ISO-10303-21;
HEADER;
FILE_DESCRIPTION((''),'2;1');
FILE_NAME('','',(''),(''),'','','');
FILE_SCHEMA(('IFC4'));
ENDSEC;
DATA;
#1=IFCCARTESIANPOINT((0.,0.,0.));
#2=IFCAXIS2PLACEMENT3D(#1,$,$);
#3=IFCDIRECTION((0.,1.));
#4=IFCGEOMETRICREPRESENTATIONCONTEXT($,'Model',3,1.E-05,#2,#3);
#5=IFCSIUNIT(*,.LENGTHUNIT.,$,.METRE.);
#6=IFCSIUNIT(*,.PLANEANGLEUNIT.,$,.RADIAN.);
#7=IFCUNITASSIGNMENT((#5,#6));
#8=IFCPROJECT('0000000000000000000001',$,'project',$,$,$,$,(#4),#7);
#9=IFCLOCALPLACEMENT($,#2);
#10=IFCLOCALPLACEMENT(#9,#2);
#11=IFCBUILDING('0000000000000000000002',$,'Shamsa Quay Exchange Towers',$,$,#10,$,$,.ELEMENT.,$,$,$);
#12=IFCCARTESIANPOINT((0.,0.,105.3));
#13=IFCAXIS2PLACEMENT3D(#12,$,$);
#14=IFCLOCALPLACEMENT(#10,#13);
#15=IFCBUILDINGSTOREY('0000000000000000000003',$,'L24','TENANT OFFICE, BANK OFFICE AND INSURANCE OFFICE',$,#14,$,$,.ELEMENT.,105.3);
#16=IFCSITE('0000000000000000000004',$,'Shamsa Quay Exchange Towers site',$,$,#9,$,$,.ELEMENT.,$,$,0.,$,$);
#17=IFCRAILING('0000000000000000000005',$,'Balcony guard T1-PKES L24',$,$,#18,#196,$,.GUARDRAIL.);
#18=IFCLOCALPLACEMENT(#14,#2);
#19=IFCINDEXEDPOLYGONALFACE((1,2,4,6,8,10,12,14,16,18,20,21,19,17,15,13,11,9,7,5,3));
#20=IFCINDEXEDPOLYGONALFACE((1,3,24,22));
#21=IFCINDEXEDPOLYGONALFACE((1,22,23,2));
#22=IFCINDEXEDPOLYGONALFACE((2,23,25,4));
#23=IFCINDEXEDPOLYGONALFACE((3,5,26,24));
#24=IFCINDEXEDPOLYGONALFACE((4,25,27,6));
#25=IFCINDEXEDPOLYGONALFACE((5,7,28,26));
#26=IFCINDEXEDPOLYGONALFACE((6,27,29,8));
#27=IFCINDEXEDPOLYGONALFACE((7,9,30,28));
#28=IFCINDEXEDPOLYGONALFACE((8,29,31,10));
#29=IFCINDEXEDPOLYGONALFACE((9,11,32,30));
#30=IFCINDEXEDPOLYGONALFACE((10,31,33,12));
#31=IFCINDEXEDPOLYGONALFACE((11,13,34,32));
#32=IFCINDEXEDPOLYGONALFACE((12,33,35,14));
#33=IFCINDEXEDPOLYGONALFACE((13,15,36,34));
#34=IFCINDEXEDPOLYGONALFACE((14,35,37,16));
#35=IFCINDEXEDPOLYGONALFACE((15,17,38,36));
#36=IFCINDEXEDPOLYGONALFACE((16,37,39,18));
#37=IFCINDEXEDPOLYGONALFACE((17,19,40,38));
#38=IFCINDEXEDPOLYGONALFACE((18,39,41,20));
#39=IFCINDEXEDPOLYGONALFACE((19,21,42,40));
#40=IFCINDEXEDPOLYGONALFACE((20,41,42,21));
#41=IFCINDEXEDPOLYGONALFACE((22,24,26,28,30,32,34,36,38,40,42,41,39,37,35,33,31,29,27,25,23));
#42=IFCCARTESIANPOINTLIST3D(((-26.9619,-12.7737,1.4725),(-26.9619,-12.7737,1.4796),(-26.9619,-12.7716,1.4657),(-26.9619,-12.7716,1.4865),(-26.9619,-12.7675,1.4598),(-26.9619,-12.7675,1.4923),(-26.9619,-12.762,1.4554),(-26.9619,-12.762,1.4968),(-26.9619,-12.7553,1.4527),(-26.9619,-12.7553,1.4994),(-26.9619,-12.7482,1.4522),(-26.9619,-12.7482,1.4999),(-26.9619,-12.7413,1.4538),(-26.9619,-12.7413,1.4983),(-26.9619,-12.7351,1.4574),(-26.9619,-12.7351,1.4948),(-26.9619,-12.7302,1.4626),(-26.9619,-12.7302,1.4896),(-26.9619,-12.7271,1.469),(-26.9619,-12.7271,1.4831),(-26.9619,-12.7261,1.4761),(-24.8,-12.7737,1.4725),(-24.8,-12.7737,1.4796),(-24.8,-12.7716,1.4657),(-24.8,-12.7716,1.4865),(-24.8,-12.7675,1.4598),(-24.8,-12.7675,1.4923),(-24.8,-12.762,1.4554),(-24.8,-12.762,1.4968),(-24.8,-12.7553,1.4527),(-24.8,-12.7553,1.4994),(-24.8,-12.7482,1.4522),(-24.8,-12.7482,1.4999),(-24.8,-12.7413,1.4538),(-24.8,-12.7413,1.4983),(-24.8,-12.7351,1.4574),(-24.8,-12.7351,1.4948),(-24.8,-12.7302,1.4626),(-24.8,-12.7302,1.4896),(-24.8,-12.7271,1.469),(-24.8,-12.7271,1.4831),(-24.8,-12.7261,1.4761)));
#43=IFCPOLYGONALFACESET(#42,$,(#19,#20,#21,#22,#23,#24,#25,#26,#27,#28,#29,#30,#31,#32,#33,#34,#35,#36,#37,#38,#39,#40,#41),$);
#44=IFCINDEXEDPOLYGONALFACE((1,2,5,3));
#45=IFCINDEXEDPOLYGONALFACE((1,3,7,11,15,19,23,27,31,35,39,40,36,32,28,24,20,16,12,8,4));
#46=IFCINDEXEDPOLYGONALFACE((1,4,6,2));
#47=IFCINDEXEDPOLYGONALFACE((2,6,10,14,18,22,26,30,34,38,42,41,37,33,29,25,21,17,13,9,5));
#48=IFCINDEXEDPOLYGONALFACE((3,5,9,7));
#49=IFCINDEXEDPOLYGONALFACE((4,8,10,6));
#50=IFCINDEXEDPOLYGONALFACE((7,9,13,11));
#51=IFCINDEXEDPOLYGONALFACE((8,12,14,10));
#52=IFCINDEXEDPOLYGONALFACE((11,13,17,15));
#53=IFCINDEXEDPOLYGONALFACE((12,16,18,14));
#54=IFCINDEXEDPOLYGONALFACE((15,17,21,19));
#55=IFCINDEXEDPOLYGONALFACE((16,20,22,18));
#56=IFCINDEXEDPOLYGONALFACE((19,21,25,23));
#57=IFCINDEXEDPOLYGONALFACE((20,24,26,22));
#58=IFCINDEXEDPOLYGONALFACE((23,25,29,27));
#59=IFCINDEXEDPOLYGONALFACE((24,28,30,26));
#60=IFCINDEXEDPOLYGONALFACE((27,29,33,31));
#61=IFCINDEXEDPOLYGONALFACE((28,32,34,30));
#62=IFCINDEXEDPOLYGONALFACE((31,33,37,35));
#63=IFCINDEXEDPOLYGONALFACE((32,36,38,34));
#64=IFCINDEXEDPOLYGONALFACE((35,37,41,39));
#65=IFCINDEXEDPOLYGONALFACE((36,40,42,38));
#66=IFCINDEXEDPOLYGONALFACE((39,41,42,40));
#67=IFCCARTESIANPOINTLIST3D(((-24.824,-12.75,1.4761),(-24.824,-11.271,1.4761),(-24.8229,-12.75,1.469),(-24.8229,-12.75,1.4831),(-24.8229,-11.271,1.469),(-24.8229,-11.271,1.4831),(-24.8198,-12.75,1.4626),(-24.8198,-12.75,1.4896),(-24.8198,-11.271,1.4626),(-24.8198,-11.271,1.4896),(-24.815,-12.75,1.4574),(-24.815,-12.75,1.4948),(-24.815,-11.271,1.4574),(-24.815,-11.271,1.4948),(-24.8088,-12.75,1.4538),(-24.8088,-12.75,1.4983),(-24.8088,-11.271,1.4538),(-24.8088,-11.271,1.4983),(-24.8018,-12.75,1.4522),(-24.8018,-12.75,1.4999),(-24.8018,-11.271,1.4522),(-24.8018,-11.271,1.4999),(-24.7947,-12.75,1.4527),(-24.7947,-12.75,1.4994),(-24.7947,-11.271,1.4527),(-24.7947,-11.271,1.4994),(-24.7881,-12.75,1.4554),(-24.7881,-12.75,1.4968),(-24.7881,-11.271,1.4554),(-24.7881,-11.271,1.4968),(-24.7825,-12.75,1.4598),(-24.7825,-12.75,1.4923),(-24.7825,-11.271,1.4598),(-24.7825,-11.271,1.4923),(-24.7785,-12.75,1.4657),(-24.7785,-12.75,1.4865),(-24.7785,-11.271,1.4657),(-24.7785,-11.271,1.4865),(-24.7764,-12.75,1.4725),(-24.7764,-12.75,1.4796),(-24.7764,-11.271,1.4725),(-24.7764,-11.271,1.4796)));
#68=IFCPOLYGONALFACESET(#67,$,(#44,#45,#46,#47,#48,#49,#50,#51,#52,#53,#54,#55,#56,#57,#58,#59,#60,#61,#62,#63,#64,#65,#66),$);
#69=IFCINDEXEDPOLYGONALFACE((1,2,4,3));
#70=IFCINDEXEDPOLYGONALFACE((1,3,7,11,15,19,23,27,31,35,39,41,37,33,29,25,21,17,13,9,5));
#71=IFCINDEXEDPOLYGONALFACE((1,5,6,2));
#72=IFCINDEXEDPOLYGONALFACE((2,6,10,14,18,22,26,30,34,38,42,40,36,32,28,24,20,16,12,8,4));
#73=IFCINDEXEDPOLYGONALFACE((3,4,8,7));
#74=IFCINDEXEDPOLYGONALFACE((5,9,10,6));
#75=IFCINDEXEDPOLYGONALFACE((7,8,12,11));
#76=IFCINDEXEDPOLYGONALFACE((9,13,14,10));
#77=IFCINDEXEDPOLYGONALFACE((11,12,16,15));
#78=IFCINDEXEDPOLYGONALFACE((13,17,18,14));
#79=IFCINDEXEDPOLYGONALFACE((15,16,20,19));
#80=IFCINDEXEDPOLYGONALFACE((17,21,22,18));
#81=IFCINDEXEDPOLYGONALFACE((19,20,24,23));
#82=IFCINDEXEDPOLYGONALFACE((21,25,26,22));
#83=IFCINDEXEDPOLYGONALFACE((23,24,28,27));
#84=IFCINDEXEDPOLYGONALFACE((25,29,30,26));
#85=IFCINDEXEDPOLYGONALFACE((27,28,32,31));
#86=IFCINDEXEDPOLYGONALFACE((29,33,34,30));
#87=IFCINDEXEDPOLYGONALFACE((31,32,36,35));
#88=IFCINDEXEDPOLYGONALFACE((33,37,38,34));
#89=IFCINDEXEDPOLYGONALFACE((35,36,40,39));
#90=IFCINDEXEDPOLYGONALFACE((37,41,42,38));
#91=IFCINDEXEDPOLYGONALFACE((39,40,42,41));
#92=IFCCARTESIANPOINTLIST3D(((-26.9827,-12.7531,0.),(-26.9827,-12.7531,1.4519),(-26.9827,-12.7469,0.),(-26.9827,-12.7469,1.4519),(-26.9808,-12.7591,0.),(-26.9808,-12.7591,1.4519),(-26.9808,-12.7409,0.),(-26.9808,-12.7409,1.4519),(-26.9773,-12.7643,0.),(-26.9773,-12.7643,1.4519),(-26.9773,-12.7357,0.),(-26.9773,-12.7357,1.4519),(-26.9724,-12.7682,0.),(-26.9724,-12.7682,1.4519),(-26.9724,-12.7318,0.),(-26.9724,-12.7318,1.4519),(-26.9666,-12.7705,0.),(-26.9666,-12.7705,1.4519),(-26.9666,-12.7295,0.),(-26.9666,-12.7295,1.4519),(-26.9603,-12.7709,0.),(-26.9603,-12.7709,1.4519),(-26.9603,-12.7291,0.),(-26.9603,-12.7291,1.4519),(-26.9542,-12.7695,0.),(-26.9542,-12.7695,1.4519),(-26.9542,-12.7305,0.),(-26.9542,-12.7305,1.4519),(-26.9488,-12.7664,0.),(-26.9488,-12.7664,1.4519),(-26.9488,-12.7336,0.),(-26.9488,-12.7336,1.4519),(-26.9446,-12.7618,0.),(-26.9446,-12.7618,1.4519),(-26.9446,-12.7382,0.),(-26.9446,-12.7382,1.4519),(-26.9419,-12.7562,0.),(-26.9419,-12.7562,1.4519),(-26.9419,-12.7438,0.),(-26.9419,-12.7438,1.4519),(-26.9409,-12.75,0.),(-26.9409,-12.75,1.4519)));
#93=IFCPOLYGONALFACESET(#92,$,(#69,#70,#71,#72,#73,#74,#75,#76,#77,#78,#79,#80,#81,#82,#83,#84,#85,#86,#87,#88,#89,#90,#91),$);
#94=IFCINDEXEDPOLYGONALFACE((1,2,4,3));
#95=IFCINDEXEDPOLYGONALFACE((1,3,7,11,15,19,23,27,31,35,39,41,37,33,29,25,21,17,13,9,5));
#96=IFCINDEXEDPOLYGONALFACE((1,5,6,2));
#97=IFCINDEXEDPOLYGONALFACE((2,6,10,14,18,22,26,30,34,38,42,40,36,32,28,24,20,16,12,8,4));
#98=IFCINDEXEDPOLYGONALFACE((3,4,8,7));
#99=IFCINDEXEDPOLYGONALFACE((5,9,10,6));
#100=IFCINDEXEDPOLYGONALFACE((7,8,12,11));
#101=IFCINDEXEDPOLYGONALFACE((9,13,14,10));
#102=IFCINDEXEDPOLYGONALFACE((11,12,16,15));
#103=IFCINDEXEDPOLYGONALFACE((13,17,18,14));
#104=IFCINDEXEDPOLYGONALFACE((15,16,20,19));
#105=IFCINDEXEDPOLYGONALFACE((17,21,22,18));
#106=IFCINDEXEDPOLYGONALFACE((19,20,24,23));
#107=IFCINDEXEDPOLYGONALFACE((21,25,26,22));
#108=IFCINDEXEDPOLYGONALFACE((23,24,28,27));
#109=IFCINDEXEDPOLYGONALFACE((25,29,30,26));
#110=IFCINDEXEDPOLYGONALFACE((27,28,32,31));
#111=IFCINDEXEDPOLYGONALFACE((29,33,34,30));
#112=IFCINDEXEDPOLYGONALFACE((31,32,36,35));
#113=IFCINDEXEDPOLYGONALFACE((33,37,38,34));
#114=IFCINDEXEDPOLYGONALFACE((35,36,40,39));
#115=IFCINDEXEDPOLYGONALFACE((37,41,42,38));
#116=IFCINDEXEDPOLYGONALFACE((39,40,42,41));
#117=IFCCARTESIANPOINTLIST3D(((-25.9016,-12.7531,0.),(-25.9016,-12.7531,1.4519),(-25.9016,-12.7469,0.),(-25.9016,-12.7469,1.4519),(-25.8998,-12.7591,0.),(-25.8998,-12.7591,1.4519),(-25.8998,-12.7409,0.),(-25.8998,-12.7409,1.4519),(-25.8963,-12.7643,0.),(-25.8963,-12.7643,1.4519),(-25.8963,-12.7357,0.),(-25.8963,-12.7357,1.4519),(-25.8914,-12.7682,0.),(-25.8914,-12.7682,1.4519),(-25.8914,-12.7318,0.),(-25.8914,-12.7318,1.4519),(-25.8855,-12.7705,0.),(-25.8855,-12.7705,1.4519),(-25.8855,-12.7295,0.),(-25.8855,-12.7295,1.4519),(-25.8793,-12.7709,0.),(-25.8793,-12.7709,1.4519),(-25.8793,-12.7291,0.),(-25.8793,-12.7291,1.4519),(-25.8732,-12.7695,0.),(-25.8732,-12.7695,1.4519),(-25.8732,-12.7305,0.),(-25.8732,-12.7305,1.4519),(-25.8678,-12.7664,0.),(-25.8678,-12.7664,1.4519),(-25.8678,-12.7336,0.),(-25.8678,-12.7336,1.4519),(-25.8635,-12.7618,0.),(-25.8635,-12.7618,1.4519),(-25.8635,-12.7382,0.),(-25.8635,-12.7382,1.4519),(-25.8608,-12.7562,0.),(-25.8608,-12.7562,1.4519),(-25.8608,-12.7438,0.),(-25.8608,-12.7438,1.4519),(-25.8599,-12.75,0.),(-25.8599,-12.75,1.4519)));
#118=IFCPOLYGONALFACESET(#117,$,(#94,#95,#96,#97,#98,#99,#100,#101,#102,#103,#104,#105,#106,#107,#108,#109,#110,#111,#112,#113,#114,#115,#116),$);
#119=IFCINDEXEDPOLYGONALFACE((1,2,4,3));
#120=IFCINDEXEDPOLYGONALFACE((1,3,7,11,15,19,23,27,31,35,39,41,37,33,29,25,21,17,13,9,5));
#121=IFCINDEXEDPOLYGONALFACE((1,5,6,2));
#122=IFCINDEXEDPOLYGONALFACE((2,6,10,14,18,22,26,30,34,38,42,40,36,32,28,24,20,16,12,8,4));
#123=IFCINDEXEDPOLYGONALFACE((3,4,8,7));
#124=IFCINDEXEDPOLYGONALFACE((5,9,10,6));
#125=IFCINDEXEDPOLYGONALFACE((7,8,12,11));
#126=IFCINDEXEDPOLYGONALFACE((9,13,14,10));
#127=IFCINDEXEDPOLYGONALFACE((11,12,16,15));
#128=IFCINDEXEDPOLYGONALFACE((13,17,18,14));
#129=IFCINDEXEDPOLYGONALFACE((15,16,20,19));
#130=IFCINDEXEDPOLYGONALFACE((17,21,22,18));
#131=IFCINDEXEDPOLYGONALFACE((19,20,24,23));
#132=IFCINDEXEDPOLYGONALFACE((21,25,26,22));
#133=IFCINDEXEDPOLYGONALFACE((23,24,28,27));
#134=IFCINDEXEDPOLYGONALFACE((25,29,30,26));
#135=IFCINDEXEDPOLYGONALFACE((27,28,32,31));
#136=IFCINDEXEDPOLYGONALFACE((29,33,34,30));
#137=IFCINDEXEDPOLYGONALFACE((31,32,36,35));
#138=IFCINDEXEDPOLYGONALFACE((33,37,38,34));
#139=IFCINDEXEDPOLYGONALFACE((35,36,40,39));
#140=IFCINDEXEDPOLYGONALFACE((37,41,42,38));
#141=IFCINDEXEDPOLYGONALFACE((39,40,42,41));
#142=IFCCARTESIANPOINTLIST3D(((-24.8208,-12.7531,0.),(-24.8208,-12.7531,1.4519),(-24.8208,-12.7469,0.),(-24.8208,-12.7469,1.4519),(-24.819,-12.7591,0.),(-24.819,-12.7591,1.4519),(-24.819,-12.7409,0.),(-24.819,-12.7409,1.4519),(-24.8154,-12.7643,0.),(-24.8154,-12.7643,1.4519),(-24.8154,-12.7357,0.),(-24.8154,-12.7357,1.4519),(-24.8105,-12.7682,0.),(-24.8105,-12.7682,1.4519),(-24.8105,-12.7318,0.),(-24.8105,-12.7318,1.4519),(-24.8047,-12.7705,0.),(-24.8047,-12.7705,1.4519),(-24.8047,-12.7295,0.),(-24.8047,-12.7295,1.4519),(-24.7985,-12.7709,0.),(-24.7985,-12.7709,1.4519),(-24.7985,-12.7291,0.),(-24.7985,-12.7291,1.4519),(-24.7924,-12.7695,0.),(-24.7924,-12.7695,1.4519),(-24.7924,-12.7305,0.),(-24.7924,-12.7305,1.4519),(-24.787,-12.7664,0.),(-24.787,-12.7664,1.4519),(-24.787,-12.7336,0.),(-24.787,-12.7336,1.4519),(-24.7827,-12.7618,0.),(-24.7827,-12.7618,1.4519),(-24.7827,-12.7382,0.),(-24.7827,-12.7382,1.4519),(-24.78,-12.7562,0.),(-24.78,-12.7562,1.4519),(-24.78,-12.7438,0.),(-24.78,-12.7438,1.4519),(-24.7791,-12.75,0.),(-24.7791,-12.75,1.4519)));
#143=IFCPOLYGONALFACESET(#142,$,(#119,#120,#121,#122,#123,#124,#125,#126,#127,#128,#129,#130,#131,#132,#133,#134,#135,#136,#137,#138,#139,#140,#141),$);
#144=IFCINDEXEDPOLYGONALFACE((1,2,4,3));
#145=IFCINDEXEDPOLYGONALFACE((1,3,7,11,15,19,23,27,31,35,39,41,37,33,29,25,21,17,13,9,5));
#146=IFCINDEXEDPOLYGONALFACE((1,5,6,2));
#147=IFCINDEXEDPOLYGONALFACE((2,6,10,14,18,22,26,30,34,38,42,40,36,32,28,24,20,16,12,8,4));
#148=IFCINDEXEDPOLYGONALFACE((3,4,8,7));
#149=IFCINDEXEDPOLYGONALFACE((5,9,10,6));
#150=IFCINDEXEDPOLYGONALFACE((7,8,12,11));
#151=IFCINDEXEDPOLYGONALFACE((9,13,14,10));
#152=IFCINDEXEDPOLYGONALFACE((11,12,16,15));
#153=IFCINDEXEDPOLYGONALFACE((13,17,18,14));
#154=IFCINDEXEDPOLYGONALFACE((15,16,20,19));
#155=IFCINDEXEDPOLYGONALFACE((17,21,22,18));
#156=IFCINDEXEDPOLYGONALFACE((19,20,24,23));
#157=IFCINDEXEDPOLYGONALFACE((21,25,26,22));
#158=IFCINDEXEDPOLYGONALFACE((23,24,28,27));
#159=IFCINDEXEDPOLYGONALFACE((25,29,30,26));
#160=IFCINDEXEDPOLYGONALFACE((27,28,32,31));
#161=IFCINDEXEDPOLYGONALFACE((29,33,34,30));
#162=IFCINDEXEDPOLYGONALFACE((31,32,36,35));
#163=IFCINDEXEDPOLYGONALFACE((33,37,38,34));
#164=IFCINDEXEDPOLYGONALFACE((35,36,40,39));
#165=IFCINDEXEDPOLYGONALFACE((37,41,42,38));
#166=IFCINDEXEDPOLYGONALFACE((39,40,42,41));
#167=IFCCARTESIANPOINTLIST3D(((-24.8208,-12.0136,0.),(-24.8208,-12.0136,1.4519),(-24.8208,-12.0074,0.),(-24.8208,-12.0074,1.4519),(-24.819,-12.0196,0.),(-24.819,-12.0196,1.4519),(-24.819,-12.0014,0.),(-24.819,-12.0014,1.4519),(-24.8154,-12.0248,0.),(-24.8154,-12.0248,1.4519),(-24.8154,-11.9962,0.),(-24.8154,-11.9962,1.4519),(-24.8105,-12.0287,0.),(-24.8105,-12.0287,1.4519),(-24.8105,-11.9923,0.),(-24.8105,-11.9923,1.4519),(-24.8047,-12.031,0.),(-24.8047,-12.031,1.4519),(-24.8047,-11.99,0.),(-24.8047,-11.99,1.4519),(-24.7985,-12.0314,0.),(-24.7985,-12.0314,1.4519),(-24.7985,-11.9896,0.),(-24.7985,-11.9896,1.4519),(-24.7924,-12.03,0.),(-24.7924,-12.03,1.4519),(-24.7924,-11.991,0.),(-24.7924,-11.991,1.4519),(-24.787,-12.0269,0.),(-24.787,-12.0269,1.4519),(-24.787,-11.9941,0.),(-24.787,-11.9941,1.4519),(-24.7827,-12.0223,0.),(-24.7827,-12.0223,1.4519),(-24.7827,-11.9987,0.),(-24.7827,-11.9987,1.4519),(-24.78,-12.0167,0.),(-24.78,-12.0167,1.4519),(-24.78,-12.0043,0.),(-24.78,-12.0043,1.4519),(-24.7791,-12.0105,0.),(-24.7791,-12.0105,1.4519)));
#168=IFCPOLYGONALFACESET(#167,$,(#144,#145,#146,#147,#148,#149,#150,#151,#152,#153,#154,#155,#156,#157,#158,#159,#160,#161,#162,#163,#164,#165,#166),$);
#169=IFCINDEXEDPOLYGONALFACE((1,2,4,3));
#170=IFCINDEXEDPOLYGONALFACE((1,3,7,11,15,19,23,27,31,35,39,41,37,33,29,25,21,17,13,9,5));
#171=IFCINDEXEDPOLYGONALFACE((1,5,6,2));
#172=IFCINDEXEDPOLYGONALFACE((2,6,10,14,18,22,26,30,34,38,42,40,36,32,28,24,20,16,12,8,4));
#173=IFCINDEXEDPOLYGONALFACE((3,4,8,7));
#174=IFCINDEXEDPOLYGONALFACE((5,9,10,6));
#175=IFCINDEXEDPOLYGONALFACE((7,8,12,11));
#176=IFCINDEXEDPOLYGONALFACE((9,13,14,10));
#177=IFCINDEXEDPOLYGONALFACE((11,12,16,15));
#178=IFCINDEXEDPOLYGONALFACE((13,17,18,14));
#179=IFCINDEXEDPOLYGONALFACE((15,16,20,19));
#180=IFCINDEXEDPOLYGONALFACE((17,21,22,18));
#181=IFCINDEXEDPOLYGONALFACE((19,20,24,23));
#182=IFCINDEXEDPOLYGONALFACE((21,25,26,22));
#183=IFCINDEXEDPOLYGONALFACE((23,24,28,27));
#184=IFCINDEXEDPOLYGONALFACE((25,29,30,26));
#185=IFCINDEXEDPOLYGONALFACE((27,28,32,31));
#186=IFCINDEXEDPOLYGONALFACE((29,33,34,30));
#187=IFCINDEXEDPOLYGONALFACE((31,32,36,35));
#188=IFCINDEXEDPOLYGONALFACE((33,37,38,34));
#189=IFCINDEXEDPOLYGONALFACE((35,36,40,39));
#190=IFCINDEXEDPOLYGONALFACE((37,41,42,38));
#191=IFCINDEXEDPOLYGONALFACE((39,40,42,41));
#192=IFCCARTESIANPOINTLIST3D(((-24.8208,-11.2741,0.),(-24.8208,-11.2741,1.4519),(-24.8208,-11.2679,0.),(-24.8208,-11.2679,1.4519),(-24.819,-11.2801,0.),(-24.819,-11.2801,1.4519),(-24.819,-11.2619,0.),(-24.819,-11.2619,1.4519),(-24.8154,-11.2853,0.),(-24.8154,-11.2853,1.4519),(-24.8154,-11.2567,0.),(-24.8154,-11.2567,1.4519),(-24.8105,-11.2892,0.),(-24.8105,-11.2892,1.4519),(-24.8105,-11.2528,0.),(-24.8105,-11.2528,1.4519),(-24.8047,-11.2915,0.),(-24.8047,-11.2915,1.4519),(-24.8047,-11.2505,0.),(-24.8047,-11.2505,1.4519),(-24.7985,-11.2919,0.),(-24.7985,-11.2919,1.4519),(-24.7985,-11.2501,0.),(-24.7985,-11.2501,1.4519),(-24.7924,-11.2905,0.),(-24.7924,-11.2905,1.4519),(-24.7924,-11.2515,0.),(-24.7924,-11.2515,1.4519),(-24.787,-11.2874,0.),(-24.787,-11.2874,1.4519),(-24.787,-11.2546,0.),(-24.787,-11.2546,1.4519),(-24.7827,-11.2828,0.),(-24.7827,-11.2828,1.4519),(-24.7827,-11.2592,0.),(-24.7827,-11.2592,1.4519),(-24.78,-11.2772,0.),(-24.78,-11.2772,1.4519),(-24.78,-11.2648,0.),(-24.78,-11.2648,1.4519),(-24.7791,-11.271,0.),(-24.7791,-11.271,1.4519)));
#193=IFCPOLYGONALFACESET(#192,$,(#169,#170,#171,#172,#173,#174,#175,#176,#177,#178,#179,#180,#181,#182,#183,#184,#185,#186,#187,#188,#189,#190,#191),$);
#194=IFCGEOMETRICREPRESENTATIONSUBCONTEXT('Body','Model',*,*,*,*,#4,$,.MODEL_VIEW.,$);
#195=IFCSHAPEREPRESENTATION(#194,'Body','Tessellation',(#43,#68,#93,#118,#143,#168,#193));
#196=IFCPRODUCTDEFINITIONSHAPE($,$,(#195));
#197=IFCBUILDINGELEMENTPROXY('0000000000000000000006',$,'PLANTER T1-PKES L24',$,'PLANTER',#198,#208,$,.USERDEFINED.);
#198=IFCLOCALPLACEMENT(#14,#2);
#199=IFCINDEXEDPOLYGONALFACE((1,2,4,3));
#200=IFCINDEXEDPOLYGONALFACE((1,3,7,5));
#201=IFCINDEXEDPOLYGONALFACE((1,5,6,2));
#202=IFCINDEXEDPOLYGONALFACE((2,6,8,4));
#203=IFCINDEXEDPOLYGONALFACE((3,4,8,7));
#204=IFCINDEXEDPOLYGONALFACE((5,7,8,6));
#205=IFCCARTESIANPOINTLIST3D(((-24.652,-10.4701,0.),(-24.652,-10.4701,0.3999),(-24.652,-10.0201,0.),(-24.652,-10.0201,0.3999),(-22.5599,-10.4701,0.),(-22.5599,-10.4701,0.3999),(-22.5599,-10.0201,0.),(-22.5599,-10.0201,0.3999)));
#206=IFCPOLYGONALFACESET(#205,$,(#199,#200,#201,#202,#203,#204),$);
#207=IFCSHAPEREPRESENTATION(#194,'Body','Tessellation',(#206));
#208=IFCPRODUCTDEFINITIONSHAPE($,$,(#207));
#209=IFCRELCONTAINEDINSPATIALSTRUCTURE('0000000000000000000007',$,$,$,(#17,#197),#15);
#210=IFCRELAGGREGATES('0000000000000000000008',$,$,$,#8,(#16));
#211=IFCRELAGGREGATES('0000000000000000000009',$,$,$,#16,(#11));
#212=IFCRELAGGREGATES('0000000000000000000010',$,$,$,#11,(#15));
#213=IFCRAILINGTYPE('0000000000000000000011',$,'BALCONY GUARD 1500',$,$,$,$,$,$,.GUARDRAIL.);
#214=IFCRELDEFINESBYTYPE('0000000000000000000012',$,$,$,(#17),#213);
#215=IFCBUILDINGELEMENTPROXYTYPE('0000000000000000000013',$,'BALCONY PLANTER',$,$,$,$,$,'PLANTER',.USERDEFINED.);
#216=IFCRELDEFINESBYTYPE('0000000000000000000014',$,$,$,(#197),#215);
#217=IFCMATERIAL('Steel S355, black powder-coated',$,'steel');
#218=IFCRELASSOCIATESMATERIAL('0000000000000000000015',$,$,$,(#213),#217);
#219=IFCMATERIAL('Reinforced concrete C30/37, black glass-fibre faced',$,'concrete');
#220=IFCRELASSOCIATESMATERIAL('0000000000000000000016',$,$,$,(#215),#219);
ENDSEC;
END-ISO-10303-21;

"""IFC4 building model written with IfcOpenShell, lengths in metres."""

from ifc_helpers import new_model, si_unit, direction, frame, origin, origin_2d, place, context, subcontext, project, spatial, rectangle, circle, extrude, material, type_object, element, save


model = new_model("IFC4")

# Units and contexts
model_context = context("Model", 3, precision=1e-05, world=origin(), true_north=direction((0.0, 1.0)))
body_context = subcontext(model_context, "Body", "Model", "MODEL_VIEW")
ifc_project = project(units=[si_unit("LENGTHUNIT", "METRE"), si_unit("PLANEANGLEUNIT", "RADIAN")], contexts=[model_context])

# Site, building, storey
site_placement = place(None, origin())
site = spatial("IfcSite", under=ifc_project, at=site_placement, Name="Shamsa Quay Exchange Towers site", CompositionType="ELEMENT", RefElevation=0.0)
building_placement = place(site_placement, origin())
building = spatial("IfcBuilding", under=site, at=building_placement, Name="Shamsa Quay Exchange Towers", CompositionType="ELEMENT")
storey_placement = place(building_placement, frame((0.0, 0.0, 105.3)))
storey = spatial("IfcBuildingStorey", under=building, at=storey_placement, Name="L24", Description="TENANT OFFICE, BANK OFFICE AND INSURANCE OFFICE", CompositionType="ELEMENT", Elevation=105.3)

# Railing
ifc_material_1 = material(Name="Steel S355, black powder-coated", Category="steel")
railing_type_1 = type_object("IfcRailingType", Name="BALCONY GUARD 1500", PredefinedType="GUARDRAIL", material=ifc_material_1)
for number, where, name in (
    (1, (-26.9619, -12.75, 0.0), "Balcony guard T1-PKES L24"),
):
    element("IfcRailing", number, at=place(storey_placement, frame(where)), inside=storey, type_object=railing_type_1, Name=name, PredefinedType="GUARDRAIL", context=body_context, shape_type="SweptSolid", body=[
        extrude(circle(Radius=0.0239, at=origin_2d()), frame((0.0, 0.0, 1.4761), z_axis=(1.0, 0.0, 0.0), x_axis=(0.0, 1.0, 0.0)), (0.0, 0.0, 1.0), 2.1619),
        extrude(circle(Radius=0.0239, at=origin_2d()), frame((2.1619, 0.0, 1.4761), z_axis=(0.0, 1.0, 0.0), x_axis=(-1.0, 0.0, 0.0)), (0.0, 0.0, 1.0), 1.479),
        extrude(circle(Radius=0.021, at=origin_2d()), origin(), (0.0, 0.0, 1.0), 1.4519),
        extrude(circle(Radius=0.021, at=origin_2d()), frame((1.0811, 0.0, 0.0)), (0.0, 0.0, 1.0), 1.4519),
        extrude(circle(Radius=0.021, at=origin_2d()), frame((2.1619, 0.0, 0.0)), (0.0, 0.0, 1.0), 1.4519),
        extrude(circle(Radius=0.021, at=origin_2d()), frame((2.1619, 0.7395, 0.0)), (0.0, 0.0, 1.0), 1.4519),
        extrude(circle(Radius=0.021, at=origin_2d()), frame((2.1619, 1.479, 0.0)), (0.0, 0.0, 1.0), 1.4519),
    ])

# Building element proxy
ifc_material_2 = material(Name="Reinforced concrete C30/37, black glass-fibre faced", Category="concrete")
building_element_proxy_type = type_object("IfcBuildingElementProxyType", Name="BALCONY PLANTER", ElementType="PLANTER", PredefinedType="USERDEFINED", material=ifc_material_2)
for number, where, name in (
    (2, (-23.606, -10.2451, 0.0), "PLANTER T1-PKES L24"),
):
    element("IfcBuildingElementProxy", number, at=place(storey_placement, frame(where)), inside=storey, type_object=building_element_proxy_type, Name=name, ObjectType="PLANTER", PredefinedType="USERDEFINED", context=body_context, shape_type="SweptSolid", body=[
        extrude(rectangle(XDim=2.092, YDim=0.45, at=origin_2d()), origin(), (0.0, 0.0, 1.0), 0.3999),
    ])

save(model, "model.ifc")
